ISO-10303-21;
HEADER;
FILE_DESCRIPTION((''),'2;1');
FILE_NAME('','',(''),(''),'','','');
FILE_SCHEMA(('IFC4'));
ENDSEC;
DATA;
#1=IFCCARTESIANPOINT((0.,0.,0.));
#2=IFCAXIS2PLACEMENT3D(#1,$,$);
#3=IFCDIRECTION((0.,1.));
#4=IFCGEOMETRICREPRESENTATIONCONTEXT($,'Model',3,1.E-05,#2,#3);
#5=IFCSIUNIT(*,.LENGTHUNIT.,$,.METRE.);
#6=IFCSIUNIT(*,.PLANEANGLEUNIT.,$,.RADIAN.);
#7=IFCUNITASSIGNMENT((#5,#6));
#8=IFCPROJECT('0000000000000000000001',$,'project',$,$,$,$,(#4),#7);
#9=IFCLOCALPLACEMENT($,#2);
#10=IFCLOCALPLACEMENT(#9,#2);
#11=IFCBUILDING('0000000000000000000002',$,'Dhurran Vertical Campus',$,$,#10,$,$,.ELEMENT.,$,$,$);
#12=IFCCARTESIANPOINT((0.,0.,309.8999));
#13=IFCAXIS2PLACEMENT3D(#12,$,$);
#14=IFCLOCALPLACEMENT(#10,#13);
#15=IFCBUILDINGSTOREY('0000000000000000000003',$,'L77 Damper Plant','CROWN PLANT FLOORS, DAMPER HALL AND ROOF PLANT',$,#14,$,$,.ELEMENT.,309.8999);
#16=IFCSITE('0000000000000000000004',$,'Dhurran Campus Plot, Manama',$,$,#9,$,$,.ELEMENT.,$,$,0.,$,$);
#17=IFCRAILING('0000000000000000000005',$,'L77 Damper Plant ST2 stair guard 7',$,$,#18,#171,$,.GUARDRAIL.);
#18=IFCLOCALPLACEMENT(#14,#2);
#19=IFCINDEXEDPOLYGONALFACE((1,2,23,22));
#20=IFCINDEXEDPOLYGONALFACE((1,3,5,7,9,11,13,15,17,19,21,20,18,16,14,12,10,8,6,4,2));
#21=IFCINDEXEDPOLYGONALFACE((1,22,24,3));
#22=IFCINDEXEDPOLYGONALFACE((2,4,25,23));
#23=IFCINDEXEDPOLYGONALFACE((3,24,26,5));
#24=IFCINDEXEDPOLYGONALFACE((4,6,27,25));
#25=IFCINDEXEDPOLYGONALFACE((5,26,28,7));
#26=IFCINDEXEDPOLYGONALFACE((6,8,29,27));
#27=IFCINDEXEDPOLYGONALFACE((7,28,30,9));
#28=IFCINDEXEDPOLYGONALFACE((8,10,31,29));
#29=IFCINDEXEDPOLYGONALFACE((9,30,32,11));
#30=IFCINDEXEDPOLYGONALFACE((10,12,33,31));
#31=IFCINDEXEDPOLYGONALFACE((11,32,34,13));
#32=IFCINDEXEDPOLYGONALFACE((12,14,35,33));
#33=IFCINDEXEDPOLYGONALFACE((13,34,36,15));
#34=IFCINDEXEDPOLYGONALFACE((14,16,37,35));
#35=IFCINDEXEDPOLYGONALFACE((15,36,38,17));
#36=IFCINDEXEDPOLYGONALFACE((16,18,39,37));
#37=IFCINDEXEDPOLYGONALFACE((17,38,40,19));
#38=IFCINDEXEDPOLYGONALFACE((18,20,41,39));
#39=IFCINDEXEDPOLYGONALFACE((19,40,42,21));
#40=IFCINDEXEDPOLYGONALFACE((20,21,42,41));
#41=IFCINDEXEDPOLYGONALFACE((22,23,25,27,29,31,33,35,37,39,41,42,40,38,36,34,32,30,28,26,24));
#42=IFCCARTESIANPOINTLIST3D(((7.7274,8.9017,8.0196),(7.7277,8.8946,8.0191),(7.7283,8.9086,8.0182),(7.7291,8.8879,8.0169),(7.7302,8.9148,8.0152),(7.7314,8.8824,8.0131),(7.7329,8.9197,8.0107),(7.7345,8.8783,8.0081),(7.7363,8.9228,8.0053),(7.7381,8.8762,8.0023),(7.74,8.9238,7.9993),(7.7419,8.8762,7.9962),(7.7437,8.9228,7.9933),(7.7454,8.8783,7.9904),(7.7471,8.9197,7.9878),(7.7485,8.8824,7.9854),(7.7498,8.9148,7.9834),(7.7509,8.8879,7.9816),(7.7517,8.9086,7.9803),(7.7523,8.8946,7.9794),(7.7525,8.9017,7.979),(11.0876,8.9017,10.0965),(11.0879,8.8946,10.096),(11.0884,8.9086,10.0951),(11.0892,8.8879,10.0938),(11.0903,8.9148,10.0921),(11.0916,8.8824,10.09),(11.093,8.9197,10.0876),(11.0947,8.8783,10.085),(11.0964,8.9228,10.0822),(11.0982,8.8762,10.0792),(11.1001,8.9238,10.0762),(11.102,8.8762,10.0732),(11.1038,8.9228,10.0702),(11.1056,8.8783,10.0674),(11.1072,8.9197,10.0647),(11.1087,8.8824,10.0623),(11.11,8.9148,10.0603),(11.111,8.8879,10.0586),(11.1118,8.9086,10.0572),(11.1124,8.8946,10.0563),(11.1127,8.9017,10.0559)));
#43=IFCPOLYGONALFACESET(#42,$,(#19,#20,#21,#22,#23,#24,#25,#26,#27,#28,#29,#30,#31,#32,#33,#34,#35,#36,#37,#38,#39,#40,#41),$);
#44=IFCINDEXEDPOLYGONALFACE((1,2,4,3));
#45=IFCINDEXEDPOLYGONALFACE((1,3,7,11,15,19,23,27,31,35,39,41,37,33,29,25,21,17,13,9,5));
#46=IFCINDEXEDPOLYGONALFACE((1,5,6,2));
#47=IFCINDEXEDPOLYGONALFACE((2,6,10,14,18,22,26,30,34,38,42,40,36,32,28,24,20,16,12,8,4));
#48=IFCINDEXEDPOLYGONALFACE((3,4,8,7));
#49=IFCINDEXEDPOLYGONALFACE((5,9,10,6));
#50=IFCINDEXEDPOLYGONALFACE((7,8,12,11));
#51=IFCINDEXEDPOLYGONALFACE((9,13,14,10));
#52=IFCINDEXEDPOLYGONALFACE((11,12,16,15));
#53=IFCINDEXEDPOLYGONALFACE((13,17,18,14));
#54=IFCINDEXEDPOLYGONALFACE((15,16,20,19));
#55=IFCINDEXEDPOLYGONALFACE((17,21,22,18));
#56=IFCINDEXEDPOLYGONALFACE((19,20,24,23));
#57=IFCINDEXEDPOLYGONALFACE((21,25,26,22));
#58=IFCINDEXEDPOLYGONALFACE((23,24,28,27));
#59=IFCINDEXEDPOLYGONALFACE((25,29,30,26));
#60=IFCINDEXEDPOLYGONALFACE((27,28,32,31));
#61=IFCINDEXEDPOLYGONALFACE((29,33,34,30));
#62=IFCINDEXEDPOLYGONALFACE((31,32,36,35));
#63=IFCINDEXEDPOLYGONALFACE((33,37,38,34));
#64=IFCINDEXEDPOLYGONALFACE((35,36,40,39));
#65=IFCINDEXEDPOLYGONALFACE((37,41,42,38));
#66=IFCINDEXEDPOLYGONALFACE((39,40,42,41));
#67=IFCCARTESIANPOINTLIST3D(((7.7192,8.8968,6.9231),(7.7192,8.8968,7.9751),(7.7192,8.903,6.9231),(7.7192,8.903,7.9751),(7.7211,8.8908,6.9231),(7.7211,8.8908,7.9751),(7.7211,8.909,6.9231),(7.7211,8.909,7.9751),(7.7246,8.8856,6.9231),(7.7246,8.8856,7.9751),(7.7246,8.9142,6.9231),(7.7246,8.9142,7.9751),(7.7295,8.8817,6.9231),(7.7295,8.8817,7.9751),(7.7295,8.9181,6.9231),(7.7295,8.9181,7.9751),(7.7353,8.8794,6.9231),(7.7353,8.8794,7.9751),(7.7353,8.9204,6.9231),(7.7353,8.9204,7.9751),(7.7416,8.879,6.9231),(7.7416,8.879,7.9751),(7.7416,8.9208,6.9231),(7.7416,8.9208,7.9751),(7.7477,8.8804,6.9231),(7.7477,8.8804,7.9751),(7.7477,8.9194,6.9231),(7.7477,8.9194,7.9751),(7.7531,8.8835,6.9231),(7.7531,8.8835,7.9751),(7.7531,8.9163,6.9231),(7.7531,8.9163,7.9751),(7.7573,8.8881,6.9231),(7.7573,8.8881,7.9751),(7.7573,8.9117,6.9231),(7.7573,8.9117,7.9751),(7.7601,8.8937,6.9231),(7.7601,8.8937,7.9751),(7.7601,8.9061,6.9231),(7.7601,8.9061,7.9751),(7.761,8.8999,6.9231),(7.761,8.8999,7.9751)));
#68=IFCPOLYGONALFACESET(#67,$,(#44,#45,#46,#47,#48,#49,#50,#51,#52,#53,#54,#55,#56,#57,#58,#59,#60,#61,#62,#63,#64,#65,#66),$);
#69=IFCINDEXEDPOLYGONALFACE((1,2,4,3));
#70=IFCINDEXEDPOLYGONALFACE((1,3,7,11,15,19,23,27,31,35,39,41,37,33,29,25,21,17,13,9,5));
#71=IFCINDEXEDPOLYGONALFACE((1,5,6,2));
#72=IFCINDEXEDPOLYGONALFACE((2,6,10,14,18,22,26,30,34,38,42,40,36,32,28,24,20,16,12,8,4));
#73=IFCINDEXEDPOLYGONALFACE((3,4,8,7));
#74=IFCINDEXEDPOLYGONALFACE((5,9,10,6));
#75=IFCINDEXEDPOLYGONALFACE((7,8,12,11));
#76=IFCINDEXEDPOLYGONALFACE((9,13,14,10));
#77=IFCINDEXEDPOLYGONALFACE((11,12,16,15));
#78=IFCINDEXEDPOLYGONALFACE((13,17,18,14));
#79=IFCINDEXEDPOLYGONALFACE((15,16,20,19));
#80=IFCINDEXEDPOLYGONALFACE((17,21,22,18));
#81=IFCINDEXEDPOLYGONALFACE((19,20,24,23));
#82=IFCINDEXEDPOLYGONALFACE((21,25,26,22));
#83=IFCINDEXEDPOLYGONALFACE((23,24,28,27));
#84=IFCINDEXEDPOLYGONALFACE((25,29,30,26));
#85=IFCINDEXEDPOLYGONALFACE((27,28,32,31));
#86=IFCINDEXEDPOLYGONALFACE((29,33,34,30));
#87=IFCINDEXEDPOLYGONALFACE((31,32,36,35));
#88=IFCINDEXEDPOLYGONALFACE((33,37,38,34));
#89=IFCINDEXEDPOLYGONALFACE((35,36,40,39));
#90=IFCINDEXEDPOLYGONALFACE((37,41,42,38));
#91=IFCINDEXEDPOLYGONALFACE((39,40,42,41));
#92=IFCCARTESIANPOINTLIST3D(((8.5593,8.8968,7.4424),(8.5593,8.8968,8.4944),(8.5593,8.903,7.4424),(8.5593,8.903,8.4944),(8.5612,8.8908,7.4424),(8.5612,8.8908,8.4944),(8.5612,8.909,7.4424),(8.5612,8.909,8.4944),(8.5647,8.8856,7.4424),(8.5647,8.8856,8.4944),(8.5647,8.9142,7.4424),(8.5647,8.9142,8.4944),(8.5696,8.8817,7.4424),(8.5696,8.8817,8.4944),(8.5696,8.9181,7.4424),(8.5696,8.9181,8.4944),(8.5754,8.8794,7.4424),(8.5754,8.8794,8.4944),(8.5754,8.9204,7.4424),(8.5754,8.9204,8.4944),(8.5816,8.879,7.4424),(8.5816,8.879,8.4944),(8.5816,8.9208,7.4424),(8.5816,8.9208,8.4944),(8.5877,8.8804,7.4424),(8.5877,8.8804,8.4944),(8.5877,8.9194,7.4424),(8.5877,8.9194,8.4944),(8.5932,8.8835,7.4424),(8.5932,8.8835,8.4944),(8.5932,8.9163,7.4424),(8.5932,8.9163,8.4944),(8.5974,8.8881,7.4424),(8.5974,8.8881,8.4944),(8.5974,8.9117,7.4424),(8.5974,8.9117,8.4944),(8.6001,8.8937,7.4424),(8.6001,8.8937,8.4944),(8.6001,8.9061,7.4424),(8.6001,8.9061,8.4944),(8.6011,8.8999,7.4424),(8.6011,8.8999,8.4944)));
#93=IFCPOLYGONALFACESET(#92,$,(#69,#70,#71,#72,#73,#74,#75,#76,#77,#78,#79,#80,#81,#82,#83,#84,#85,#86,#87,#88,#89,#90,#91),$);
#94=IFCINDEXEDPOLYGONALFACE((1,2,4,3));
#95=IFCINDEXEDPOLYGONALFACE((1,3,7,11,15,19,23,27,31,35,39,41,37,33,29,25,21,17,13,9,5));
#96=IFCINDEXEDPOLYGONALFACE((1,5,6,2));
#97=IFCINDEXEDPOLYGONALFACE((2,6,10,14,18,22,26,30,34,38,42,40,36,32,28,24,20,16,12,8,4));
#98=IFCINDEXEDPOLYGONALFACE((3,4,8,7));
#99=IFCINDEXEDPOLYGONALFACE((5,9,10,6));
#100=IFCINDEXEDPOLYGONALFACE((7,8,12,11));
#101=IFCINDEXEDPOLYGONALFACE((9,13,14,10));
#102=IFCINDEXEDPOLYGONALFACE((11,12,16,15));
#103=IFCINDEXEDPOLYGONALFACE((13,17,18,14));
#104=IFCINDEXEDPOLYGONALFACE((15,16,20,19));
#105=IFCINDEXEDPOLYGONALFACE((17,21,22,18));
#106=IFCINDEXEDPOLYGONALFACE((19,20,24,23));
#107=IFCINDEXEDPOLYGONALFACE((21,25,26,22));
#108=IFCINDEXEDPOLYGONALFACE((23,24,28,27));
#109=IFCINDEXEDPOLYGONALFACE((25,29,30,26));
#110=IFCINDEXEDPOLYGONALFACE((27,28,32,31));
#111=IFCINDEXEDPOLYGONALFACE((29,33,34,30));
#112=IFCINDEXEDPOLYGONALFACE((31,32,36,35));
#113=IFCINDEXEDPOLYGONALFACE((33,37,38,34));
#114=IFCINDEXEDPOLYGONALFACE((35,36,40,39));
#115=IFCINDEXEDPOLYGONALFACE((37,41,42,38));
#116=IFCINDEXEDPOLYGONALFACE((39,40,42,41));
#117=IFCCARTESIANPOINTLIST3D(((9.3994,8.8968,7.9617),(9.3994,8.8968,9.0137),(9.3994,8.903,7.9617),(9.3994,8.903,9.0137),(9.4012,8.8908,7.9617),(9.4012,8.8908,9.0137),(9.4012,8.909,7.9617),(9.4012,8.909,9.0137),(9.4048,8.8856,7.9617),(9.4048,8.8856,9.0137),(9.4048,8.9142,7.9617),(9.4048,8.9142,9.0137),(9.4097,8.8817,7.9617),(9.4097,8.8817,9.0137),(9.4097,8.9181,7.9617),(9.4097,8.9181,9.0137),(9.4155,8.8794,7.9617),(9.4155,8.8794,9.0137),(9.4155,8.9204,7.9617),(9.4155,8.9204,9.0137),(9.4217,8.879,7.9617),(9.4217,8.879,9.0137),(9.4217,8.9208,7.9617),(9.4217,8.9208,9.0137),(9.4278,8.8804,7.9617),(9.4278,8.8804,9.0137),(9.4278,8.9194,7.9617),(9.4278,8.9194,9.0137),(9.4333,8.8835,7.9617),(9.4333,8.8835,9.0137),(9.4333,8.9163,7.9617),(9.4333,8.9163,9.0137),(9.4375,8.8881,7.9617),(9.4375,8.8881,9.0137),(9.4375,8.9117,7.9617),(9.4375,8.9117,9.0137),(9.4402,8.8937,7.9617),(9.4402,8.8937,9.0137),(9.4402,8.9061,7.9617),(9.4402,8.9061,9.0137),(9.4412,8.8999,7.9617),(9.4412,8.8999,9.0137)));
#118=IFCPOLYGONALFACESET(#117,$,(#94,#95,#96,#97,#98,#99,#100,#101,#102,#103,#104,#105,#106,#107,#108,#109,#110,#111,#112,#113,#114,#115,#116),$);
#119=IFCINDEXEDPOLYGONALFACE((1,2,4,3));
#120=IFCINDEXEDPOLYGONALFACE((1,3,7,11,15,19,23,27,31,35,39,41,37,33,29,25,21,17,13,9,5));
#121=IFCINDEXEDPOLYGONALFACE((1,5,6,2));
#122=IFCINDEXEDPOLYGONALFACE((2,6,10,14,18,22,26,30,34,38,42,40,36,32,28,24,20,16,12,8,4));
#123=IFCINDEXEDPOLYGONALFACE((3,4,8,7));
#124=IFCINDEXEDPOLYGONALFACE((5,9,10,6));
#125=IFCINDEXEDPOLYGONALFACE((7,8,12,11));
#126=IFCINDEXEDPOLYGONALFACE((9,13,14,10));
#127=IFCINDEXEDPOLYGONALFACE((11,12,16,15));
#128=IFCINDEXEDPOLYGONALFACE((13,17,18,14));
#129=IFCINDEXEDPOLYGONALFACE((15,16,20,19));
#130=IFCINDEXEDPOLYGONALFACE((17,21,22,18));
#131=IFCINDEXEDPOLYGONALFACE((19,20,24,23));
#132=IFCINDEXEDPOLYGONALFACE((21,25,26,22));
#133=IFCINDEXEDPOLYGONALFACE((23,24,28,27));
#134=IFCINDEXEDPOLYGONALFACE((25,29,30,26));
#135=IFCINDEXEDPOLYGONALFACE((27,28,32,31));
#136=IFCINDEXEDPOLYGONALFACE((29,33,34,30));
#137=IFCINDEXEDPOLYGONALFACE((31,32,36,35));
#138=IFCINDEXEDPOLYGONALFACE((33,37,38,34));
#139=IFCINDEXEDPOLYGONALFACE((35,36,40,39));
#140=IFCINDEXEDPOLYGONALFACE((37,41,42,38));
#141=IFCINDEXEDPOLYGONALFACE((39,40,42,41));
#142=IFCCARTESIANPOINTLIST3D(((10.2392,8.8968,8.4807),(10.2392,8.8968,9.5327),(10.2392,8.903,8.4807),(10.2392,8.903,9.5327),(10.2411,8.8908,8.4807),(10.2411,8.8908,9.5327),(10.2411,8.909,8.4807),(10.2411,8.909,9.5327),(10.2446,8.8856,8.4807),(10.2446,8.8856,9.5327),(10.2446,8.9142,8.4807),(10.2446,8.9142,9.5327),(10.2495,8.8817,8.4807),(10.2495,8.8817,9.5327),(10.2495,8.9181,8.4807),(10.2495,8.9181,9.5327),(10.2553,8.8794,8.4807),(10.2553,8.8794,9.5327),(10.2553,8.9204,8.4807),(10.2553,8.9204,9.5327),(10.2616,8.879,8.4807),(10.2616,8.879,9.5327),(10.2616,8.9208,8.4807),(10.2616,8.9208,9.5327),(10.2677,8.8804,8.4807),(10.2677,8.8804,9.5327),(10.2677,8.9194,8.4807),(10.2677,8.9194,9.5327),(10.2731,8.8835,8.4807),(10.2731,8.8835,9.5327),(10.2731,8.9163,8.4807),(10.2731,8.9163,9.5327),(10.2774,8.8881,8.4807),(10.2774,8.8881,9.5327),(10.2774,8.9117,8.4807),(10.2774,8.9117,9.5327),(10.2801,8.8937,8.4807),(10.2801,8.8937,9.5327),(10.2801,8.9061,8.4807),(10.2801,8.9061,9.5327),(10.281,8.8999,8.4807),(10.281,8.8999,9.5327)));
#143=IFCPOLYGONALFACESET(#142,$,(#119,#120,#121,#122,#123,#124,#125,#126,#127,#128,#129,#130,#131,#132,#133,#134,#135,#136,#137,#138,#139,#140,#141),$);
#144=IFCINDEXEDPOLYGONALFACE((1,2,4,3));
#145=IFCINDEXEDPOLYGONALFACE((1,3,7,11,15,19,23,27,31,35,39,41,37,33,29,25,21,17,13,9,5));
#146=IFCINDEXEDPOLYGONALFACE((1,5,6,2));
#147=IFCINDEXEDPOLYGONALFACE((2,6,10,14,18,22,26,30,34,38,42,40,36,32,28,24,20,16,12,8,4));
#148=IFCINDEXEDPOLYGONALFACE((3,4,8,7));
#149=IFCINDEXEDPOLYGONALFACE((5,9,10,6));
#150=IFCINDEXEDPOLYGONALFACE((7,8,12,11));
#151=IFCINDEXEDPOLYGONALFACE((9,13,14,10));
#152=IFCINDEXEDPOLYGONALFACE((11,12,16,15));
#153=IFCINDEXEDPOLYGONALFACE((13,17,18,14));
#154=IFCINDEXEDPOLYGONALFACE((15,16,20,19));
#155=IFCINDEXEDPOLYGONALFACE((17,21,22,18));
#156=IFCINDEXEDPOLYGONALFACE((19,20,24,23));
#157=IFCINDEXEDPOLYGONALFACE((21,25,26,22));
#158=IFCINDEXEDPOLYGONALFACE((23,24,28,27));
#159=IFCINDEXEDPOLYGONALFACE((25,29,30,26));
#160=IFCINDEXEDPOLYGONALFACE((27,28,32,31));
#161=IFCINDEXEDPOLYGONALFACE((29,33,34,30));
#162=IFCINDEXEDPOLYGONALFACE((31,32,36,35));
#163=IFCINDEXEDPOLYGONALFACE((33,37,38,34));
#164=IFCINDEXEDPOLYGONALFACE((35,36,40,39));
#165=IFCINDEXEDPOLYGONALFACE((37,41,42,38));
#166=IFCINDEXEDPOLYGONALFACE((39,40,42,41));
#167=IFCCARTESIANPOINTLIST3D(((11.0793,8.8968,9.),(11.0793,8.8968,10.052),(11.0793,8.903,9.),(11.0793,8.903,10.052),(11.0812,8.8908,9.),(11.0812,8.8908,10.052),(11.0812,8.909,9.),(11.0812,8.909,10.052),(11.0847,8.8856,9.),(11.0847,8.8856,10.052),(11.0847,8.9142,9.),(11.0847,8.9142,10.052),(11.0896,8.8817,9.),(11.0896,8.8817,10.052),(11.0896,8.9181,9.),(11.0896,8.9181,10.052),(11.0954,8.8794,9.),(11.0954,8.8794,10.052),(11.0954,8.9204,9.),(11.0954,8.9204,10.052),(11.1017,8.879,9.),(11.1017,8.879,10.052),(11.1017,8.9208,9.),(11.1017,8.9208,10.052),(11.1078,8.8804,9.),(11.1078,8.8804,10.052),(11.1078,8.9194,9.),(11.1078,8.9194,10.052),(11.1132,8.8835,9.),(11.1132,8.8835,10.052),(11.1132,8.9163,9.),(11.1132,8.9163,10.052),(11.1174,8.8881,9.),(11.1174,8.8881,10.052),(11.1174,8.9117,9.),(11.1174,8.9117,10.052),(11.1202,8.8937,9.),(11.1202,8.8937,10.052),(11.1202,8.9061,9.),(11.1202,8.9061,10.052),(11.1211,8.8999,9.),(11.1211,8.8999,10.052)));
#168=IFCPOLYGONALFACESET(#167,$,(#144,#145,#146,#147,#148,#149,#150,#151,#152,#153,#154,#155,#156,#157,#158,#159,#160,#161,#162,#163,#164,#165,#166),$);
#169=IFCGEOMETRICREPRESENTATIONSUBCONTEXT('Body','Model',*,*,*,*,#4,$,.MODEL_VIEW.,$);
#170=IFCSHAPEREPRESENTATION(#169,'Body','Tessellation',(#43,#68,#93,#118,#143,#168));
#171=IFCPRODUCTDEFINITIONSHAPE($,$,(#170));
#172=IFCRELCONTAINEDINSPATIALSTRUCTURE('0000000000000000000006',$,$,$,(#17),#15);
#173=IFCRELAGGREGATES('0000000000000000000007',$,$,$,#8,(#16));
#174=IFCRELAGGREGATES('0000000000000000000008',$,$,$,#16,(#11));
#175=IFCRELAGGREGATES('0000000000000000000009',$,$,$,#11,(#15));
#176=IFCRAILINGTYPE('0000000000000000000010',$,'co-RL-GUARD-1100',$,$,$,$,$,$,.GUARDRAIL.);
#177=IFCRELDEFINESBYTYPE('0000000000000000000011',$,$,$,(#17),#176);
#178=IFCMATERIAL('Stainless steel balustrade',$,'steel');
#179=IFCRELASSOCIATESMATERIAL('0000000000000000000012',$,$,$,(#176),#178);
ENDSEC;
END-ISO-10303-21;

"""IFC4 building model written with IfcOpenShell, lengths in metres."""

from ifc_helpers import new_model, si_unit, direction, frame, origin, origin_2d, place, context, subcontext, project, spatial, circle, extrude, material, type_object, element, save


model = new_model("IFC4")

# Units and contexts
model_context = context("Model", 3, precision=1e-05, world=origin(), true_north=direction((0.0, 1.0)))
body_context = subcontext(model_context, "Body", "Model", "MODEL_VIEW")
ifc_project = project(units=[si_unit("LENGTHUNIT", "METRE"), si_unit("PLANEANGLEUNIT", "RADIAN")], contexts=[model_context])

# Site, building, storey
site_placement = place(None, origin())
site = spatial("IfcSite", under=ifc_project, at=site_placement, Name="Dhurran Campus Plot, Manama", CompositionType="ELEMENT", RefElevation=0.0)
building_placement = place(site_placement, origin())
building = spatial("IfcBuilding", under=site, at=building_placement, Name="Dhurran Vertical Campus", CompositionType="ELEMENT")
storey_placement = place(building_placement, frame((0.0, 0.0, 309.8999)))
storey = spatial("IfcBuildingStorey", under=building, at=storey_placement, Name="L77 Damper Plant", Description="CROWN PLANT FLOORS, DAMPER HALL AND ROOF PLANT", CompositionType="ELEMENT", Elevation=309.8999)

# Railing
ifc_material_1 = material(Name="Stainless steel balustrade", Category="steel")
railing_type = type_object("IfcRailingType", Name="co-RL-GUARD-1100", PredefinedType="GUARDRAIL", material=ifc_material_1)
railing_1_placement = place(storey_placement, frame((7.74, 8.8999, 6.9231)))
element("IfcRailing", 1, at=railing_1_placement, inside=storey, type_object=railing_type, Name="L77 Damper Plant ST2 stair guard 7", PredefinedType="GUARDRAIL", context=body_context, shape_type="SweptSolid", body=[
    extrude(circle(Radius=0.0239, at=origin_2d()), frame((0.0, 0.0, 1.0762), z_axis=(0.850623, 0.0, 0.525776), x_axis=(0.0, 1.0, 0.0)), (0.0, 0.0, 1.0), 3.9502),
    extrude(circle(Radius=0.021, at=origin_2d()), origin(), (0.0, 0.0, 1.0), 1.052),
    extrude(circle(Radius=0.021, at=origin_2d()), frame((0.8401, 0.0, 0.5193)), (0.0, 0.0, 1.0), 1.052),
    extrude(circle(Radius=0.021, at=origin_2d()), frame((1.6802, 0.0, 1.0386)), (0.0, 0.0, 1.0), 1.052),
    extrude(circle(Radius=0.021, at=origin_2d()), frame((2.52, 0.0, 1.5576)), (0.0, 0.0, 1.0), 1.052),
    extrude(circle(Radius=0.021, at=origin_2d()), frame((3.3601, 0.0, 2.0769)), (0.0, 0.0, 1.0), 1.052),
])

save(model, "model.ifc")
